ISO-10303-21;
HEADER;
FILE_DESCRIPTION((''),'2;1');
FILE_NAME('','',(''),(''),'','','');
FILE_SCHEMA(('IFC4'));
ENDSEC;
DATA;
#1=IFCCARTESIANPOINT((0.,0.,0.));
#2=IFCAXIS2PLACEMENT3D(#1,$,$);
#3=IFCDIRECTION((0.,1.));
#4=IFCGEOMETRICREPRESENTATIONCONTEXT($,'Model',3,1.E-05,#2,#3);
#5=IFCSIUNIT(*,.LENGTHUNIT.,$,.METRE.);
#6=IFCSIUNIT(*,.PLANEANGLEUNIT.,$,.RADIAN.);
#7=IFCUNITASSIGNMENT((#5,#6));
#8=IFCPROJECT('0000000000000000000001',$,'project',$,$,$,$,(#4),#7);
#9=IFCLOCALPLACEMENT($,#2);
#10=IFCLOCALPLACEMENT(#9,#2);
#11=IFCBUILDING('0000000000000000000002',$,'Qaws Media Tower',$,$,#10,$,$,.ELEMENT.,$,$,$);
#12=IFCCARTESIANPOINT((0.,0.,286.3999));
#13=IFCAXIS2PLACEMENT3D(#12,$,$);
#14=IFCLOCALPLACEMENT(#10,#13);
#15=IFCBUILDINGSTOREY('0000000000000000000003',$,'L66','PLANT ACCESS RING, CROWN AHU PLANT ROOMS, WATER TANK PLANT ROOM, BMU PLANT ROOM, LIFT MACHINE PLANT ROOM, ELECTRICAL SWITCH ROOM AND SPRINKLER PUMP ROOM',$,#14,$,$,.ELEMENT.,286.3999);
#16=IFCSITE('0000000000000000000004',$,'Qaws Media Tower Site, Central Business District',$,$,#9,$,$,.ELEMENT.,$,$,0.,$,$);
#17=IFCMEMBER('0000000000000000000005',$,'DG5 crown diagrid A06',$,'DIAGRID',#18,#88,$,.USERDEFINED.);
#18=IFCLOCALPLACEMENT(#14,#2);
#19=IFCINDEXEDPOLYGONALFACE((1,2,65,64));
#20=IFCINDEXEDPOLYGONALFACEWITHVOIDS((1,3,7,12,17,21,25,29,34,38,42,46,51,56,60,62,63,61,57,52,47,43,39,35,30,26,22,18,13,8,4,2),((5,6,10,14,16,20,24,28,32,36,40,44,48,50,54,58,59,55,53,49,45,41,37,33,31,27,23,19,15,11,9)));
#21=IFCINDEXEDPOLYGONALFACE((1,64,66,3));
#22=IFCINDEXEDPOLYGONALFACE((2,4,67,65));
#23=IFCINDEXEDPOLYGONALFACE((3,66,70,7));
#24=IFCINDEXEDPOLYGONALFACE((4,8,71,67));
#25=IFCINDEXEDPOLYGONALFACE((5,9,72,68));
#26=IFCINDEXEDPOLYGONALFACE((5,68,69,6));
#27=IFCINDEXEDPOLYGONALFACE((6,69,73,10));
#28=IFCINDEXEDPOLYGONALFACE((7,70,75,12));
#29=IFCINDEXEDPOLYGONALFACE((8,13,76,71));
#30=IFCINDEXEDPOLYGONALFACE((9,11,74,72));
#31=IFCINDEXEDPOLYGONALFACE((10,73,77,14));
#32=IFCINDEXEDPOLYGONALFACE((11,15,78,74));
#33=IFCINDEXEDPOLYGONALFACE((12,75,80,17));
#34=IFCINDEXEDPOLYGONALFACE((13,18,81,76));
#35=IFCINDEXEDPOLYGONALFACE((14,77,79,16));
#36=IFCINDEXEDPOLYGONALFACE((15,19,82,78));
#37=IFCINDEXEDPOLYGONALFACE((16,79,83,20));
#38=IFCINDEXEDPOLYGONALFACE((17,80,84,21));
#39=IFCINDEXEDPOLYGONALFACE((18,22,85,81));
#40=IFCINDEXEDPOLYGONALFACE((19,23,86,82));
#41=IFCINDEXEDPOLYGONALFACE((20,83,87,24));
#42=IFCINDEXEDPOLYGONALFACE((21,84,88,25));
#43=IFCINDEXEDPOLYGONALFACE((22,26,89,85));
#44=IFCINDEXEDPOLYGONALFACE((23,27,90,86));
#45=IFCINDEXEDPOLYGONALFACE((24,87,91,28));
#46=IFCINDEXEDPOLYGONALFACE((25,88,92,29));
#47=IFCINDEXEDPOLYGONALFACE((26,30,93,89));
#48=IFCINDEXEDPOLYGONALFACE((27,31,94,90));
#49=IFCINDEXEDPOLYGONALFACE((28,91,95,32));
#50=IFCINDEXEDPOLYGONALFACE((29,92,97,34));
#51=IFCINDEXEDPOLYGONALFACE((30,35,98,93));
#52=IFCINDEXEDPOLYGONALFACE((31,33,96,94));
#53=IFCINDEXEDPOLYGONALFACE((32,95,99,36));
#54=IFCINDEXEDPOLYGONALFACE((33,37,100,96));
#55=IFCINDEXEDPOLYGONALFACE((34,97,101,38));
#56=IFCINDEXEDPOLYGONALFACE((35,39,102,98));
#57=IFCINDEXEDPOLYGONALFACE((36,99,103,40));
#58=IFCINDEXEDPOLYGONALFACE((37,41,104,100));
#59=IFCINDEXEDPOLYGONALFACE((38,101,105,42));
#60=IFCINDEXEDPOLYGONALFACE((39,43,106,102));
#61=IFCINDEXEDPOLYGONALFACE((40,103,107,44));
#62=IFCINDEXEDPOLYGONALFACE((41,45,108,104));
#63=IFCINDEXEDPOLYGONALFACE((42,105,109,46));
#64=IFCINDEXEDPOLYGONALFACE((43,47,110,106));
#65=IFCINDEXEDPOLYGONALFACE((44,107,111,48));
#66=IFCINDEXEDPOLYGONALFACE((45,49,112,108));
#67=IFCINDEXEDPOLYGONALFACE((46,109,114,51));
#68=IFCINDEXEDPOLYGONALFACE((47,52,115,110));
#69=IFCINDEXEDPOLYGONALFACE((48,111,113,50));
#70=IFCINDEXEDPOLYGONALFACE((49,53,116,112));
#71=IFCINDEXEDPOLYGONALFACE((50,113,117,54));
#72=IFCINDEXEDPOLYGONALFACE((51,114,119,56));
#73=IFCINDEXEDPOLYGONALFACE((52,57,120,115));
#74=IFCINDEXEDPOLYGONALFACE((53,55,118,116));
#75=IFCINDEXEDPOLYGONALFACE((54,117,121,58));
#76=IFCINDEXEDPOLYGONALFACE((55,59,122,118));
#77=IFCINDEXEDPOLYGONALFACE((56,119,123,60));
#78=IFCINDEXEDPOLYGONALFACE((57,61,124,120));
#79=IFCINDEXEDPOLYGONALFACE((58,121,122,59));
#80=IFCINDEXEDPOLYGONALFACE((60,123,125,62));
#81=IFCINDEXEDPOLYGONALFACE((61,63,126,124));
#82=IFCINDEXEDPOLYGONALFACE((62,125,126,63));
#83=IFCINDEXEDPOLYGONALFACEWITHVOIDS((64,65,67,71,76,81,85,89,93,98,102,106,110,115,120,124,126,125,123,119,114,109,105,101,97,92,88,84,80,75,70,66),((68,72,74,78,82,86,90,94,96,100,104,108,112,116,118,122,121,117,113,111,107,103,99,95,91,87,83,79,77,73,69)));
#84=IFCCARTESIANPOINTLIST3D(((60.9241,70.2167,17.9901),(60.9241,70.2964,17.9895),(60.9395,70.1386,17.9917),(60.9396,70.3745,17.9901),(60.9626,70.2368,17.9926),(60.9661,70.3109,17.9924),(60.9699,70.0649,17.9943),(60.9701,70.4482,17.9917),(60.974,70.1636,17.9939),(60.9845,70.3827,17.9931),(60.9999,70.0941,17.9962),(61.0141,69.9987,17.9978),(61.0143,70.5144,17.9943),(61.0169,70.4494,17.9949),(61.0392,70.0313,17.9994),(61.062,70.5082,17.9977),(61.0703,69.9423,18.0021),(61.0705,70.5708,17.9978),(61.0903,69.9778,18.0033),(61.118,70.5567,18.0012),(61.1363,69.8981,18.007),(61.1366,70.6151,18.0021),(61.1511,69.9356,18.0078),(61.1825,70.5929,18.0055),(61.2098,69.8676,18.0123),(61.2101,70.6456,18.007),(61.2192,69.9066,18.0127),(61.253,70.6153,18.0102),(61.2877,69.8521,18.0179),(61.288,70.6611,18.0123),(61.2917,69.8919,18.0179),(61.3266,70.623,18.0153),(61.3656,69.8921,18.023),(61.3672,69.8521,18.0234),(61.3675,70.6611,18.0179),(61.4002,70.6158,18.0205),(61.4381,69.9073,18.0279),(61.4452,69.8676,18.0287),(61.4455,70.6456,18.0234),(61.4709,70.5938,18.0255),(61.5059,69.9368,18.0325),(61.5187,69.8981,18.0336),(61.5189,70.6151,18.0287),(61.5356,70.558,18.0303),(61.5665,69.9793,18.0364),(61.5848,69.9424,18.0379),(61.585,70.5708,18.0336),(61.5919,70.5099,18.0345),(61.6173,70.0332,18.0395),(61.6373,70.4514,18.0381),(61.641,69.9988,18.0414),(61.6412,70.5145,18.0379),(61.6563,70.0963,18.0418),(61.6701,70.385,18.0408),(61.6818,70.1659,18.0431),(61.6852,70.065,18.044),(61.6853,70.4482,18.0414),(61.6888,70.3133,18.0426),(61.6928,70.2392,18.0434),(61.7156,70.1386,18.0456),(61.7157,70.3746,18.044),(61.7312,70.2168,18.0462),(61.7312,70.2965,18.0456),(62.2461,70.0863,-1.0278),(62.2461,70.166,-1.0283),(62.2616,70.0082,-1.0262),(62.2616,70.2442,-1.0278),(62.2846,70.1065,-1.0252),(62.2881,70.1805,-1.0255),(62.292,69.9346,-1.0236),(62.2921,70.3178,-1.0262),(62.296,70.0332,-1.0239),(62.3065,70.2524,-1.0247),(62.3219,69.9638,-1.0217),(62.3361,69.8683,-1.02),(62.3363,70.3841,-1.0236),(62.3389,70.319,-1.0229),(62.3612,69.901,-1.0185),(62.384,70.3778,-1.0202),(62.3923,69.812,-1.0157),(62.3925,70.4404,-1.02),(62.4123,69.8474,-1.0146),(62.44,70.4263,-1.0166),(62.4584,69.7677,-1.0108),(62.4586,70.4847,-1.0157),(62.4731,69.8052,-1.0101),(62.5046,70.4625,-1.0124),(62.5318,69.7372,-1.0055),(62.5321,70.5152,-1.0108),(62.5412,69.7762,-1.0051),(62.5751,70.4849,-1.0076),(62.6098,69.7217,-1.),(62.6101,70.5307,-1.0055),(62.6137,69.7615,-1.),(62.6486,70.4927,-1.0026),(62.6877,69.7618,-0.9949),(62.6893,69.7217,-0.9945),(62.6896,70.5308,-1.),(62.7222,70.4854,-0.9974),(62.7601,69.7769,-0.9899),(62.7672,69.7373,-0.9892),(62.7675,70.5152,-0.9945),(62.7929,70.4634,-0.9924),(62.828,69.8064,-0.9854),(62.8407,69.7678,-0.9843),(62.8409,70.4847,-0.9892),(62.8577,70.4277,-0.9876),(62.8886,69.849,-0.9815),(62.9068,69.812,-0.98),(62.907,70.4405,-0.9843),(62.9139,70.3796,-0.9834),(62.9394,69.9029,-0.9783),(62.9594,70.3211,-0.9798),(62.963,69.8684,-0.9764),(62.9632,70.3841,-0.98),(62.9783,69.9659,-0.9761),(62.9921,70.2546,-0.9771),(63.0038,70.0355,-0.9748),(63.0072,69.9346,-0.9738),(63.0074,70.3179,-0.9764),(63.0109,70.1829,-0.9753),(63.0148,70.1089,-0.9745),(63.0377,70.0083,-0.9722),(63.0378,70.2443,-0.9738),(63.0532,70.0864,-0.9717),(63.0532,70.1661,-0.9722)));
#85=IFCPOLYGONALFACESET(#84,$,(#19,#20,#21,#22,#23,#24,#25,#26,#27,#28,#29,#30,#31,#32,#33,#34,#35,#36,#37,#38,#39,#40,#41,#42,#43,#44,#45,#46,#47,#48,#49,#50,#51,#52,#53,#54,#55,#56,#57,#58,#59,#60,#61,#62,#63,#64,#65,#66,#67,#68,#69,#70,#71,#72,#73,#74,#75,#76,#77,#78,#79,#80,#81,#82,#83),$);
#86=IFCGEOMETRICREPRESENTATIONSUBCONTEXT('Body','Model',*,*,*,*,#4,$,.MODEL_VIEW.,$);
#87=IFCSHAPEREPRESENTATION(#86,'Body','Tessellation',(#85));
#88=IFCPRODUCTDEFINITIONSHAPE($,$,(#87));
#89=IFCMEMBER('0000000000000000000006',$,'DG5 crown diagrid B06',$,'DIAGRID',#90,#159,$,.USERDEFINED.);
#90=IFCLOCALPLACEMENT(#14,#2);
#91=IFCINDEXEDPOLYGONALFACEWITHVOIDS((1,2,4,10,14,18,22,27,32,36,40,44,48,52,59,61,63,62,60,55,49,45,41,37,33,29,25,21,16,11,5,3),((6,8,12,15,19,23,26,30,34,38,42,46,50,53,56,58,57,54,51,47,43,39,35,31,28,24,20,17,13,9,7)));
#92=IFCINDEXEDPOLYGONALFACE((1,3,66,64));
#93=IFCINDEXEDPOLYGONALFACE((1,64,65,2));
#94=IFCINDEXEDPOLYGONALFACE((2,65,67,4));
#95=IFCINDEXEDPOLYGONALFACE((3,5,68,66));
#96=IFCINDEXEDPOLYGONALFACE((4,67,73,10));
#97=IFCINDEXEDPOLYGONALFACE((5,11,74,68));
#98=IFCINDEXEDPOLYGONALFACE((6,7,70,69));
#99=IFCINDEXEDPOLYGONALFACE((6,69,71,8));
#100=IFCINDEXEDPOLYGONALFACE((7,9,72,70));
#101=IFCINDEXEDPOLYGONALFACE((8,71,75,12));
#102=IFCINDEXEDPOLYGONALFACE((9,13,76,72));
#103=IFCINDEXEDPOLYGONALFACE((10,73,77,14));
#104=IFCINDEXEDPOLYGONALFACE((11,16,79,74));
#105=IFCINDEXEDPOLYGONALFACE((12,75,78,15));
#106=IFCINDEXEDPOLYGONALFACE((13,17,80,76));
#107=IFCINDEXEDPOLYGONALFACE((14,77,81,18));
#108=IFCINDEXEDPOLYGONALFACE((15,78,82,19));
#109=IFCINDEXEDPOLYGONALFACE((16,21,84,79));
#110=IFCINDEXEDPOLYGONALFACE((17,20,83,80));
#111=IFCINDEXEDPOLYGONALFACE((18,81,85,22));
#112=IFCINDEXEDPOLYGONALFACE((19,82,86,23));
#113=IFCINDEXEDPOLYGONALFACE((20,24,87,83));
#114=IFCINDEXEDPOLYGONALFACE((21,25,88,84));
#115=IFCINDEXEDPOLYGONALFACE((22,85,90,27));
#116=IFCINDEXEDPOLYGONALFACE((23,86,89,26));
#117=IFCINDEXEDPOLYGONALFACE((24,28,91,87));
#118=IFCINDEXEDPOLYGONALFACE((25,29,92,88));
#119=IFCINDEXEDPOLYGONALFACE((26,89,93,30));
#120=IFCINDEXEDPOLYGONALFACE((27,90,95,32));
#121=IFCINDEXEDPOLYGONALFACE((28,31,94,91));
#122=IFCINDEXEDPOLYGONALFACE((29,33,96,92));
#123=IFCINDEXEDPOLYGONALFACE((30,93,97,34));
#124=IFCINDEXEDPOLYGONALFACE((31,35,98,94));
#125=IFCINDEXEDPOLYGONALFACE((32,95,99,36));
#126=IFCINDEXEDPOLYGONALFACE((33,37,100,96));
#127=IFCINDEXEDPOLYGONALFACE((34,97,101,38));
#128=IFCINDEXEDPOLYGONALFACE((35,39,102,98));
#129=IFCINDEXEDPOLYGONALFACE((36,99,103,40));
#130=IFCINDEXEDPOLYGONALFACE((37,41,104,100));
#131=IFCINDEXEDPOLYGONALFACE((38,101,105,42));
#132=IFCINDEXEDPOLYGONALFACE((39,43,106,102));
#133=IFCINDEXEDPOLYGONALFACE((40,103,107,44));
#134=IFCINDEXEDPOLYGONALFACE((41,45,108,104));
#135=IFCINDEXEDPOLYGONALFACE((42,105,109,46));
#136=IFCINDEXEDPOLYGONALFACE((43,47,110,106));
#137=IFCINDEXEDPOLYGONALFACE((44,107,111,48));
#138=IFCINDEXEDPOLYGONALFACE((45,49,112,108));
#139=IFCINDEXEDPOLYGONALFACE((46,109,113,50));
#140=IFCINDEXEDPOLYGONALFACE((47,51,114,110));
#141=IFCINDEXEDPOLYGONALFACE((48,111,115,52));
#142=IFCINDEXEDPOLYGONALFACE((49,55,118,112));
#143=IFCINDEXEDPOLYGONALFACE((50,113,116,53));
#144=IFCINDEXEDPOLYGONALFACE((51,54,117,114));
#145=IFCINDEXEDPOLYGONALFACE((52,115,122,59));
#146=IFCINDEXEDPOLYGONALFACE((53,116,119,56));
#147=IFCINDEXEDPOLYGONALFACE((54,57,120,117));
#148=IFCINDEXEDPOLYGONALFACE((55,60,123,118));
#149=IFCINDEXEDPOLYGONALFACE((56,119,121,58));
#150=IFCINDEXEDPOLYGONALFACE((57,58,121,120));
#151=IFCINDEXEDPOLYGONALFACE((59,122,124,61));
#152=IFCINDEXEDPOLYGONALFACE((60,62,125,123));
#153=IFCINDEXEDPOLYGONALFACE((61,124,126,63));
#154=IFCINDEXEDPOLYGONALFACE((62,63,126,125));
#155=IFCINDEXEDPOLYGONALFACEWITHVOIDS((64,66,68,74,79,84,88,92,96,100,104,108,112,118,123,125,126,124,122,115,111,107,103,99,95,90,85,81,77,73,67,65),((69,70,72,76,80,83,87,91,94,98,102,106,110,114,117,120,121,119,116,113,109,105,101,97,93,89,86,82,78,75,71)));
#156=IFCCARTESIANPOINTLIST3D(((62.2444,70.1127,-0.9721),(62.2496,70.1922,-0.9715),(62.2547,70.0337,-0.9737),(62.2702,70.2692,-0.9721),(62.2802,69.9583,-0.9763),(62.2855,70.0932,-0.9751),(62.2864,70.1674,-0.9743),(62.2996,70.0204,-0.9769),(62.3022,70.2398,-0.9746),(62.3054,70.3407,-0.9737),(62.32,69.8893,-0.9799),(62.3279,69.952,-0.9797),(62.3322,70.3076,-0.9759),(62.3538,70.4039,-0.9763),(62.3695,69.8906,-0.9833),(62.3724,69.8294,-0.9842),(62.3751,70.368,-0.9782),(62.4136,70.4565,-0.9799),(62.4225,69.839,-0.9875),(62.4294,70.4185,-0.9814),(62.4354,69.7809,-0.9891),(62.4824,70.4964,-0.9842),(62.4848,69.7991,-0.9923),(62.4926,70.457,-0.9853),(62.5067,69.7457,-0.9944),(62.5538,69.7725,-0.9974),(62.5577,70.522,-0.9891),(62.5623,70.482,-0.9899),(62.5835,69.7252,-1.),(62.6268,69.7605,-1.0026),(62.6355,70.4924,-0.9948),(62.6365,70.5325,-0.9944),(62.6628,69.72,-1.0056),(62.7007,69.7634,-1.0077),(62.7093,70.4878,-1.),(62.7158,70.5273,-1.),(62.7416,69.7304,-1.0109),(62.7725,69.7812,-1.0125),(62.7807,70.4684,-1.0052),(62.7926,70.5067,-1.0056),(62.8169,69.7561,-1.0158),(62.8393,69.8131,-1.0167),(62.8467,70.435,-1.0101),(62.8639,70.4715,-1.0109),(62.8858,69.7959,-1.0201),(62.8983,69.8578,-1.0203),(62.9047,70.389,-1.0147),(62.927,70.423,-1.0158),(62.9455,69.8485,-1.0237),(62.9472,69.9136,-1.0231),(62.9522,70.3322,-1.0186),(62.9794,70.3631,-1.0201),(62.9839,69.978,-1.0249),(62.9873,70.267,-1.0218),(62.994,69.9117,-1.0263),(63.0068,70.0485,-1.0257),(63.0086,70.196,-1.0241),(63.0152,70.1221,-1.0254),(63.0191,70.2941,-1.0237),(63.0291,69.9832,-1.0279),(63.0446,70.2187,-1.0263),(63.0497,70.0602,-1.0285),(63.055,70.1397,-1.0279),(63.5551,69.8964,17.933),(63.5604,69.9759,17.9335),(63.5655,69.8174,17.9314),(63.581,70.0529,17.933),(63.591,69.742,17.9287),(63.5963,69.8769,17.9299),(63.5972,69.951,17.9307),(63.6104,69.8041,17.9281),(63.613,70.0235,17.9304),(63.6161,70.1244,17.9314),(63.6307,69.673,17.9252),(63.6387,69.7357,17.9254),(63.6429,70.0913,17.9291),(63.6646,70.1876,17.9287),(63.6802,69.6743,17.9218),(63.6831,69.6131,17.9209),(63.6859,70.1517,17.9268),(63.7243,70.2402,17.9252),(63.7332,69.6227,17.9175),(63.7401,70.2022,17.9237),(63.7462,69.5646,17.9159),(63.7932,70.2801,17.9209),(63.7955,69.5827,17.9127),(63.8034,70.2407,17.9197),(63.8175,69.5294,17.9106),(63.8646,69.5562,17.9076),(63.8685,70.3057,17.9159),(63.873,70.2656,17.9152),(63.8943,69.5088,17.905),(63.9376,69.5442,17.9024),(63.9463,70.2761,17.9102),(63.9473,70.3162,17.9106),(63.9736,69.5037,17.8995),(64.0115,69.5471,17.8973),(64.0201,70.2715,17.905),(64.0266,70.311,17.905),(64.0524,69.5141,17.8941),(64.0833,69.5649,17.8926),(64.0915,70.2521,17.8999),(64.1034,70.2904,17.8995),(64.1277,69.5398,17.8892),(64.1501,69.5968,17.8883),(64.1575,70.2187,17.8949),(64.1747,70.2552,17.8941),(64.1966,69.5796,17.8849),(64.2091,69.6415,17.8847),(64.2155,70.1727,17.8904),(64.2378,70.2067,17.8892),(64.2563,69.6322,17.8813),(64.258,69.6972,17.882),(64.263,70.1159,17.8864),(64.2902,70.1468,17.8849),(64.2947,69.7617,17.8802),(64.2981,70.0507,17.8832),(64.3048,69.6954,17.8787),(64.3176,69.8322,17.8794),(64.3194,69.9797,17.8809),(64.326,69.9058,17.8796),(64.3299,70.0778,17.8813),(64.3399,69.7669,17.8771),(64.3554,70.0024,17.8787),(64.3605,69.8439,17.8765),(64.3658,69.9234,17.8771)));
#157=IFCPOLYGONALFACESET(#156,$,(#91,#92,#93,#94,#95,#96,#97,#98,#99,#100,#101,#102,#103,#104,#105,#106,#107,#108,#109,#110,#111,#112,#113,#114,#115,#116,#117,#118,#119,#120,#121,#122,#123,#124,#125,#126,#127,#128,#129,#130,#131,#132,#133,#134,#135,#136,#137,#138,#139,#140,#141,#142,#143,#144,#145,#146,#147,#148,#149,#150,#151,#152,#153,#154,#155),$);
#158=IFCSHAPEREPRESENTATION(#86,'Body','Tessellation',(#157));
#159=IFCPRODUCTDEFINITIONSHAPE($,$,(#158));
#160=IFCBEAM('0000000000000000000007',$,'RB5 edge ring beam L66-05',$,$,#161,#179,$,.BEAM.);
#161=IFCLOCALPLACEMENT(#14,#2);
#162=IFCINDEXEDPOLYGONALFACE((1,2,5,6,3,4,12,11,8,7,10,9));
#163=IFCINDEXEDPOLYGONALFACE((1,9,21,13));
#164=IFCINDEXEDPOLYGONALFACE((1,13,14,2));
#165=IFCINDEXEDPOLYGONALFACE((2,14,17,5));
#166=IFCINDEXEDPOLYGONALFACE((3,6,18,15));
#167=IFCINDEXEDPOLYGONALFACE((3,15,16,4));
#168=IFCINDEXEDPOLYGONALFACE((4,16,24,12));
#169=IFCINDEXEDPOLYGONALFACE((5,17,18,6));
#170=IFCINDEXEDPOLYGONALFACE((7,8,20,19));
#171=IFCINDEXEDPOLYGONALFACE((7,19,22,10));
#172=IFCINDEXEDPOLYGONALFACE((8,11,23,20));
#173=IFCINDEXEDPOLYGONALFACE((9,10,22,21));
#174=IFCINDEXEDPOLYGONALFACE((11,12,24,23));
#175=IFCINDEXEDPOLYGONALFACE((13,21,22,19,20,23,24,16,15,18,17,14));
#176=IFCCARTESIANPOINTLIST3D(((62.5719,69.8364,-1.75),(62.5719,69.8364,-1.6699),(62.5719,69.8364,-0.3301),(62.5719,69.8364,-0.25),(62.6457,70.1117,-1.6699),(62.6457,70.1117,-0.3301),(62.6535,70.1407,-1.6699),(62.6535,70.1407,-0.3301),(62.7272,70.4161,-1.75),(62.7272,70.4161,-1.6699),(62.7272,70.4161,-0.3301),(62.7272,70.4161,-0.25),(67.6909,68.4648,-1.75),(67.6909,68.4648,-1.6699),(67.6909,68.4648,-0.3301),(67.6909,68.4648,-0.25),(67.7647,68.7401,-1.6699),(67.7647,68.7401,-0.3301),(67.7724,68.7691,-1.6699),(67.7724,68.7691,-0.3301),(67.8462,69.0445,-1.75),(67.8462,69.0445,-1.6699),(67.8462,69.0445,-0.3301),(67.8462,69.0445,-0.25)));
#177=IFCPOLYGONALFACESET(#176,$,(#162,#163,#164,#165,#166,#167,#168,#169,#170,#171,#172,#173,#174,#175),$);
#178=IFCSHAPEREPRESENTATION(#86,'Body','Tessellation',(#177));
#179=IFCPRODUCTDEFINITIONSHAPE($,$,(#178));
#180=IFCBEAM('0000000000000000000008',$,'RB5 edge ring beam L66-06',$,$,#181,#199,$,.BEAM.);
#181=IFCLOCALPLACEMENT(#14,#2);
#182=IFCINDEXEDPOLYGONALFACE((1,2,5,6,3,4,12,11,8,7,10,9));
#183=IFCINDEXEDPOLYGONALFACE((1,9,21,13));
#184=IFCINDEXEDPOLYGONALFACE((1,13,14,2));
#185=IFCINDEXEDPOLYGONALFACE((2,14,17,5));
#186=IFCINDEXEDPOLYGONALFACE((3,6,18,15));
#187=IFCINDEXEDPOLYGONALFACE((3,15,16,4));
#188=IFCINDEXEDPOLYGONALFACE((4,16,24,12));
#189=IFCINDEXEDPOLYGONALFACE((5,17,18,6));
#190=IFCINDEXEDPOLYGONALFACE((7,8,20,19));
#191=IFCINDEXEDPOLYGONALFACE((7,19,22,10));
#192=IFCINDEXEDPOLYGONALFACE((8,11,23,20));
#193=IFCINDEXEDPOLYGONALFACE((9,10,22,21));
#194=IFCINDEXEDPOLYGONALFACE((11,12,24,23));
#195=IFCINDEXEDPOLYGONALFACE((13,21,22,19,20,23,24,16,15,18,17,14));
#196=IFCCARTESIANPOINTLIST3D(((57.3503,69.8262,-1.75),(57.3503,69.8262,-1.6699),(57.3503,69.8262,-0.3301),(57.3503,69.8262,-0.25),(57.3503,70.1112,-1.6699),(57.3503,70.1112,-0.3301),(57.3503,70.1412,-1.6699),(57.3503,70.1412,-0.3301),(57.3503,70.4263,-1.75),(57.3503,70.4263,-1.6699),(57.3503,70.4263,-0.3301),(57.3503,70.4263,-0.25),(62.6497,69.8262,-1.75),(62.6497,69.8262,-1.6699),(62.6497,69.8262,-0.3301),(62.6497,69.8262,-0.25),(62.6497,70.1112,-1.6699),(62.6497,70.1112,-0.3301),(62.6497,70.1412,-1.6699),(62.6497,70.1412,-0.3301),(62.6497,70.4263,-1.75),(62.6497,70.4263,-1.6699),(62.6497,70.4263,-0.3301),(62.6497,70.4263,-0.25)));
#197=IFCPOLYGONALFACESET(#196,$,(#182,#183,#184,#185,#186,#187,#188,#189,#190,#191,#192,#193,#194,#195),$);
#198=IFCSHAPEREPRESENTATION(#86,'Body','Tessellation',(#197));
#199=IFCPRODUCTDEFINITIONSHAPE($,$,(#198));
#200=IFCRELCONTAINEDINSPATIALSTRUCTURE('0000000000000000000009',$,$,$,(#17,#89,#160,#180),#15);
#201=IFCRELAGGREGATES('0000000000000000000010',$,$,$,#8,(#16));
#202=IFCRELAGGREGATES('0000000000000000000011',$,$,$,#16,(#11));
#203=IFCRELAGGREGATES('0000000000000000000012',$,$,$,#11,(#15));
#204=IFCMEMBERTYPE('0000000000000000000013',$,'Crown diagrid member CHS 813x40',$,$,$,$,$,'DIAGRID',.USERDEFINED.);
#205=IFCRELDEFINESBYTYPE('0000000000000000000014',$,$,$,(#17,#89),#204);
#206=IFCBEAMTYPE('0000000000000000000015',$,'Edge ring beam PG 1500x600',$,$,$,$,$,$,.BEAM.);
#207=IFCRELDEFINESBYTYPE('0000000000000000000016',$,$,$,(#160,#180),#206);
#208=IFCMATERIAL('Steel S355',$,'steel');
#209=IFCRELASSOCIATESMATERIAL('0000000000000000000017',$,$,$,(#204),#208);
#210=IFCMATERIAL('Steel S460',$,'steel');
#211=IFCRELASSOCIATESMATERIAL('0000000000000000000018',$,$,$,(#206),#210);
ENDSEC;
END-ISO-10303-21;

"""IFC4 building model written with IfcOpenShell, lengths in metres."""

from ifc_helpers import new_model, si_unit, direction, frame, origin, origin_2d, place, context, subcontext, project, spatial, hollow_circle, i_section, extrude, material, material_profile, profile_set, type_object, element, save


model = new_model("IFC4")

# Units and contexts
model_context = context("Model", 3, precision=1e-05, world=origin(), true_north=direction((0.0, 1.0)))
body_context = subcontext(model_context, "Body", "Model", "MODEL_VIEW")
ifc_project = project(units=[si_unit("LENGTHUNIT", "METRE"), si_unit("PLANEANGLEUNIT", "RADIAN")], contexts=[model_context])

# Site, building, storey
site_placement = place(None, origin())
site = spatial("IfcSite", under=ifc_project, at=site_placement, Name="Qaws Media Tower Site, Central Business District", CompositionType="ELEMENT", RefElevation=0.0)
building_placement = place(site_placement, origin())
building = spatial("IfcBuilding", under=site, at=building_placement, Name="Qaws Media Tower", CompositionType="ELEMENT")
storey_placement = place(building_placement, frame((0.0, 0.0, 286.3999)))
storey = spatial("IfcBuildingStorey", under=building, at=storey_placement, Name="L66", Description="PLANT ACCESS RING, CROWN AHU PLANT ROOMS, WATER TANK PLANT ROOM, BMU PLANT ROOM, LIFT MACHINE PLANT ROOM, ELECTRICAL SWITCH ROOM AND SPRINKLER PUMP ROOM", CompositionType="ELEMENT", Elevation=286.3999)

# Members
ifc_material_1 = material(Name="Steel S355", Category="steel")
ifc_material_profile_1 = material_profile(ifc_material_1, hollow_circle(Radius=0.4065, WallThickness=0.04, at=origin_2d()), Name="CHS 813x40")
ifc_profile_set_1 = profile_set([ifc_material_profile_1], Name="Steel S355")
member_type = type_object("IfcMemberType", Name="Crown diagrid member CHS 813x40", ElementType="DIAGRID", PredefinedType="USERDEFINED", material=ifc_profile_set_1)
member_1_placement = place(storey_placement, frame((62.6497, 70.1262, -1.0), z_axis=(-0.069346, 0.006839, 0.997569), x_axis=(-0.098139, -0.995173, 0.0)))
element("IfcMember", 1, at=member_1_placement, inside=storey, type_object=member_type, Name="DG5 crown diagrid A06", ObjectType="DIAGRID", PredefinedType="USERDEFINED", context=body_context, shape_type="SweptSolid", body=[
    extrude(hollow_circle(Radius=0.4065, WallThickness=0.04, at=origin_2d()), origin(), (0.0, 0.0, 1.0), 19.0642),
])
member_2_placement = place(storey_placement, frame((62.6497, 70.1262, -1.0), z_axis=(0.069165, -0.011414, 0.99754), x_axis=(0.162819, 0.986656, 0.0)))
element("IfcMember", 2, at=member_2_placement, inside=storey, type_object=member_type, Name="DG5 crown diagrid B06", ObjectType="DIAGRID", PredefinedType="USERDEFINED", context=body_context, shape_type="SweptSolid", body=[
    extrude(hollow_circle(Radius=0.4065, WallThickness=0.04, at=origin_2d()), origin(), (0.0, 0.0, 1.0), 18.9517),
])

# Beams
ifc_material_2 = material(Name="Steel S460", Category="steel")
ifc_material_profile_2 = material_profile(ifc_material_2, i_section(OverallWidth=0.6001, OverallDepth=1.5, WebThickness=0.03, FlangeThickness=0.0801, at=origin_2d()), Name="PG 1500x600")
ifc_profile_set_2 = profile_set([ifc_material_profile_2], Name="Steel S460")
beam_type_1 = type_object("IfcBeamType", Name="Edge ring beam PG 1500x600", PredefinedType="BEAM", material=ifc_profile_set_2)
beam_1_placement = place(storey_placement, frame((67.7686, 68.7546, -1.0), z_axis=(-0.965927, 0.258815, 0.0), x_axis=(-0.258815, -0.965927, 0.0)))
element("IfcBeam", 3, at=beam_1_placement, inside=storey, type_object=beam_type_1, Name="RB5 edge ring beam L66-05", PredefinedType="BEAM", context=body_context, shape_type="SweptSolid", body=[
    extrude(i_section(OverallWidth=0.6001, OverallDepth=1.5, WebThickness=0.03, FlangeThickness=0.0801, at=origin_2d()), origin(), (0.0, 0.0, 1.0), 5.2996),
])
beam_2_placement = place(storey_placement, frame((62.6497, 70.1262, -1.0), z_axis=(-1.0, 0.0, 0.0), x_axis=(0.0, -1.0, 0.0)))
element("IfcBeam", 4, at=beam_2_placement, inside=storey, type_object=beam_type_1, Name="RB5 edge ring beam L66-06", PredefinedType="BEAM", context=body_context, shape_type="SweptSolid", body=[
    extrude(i_section(OverallWidth=0.6001, OverallDepth=1.5, WebThickness=0.03, FlangeThickness=0.0801, at=origin_2d()), origin(), (0.0, 0.0, 1.0), 5.2993),
])

save(model, "model.ifc")
